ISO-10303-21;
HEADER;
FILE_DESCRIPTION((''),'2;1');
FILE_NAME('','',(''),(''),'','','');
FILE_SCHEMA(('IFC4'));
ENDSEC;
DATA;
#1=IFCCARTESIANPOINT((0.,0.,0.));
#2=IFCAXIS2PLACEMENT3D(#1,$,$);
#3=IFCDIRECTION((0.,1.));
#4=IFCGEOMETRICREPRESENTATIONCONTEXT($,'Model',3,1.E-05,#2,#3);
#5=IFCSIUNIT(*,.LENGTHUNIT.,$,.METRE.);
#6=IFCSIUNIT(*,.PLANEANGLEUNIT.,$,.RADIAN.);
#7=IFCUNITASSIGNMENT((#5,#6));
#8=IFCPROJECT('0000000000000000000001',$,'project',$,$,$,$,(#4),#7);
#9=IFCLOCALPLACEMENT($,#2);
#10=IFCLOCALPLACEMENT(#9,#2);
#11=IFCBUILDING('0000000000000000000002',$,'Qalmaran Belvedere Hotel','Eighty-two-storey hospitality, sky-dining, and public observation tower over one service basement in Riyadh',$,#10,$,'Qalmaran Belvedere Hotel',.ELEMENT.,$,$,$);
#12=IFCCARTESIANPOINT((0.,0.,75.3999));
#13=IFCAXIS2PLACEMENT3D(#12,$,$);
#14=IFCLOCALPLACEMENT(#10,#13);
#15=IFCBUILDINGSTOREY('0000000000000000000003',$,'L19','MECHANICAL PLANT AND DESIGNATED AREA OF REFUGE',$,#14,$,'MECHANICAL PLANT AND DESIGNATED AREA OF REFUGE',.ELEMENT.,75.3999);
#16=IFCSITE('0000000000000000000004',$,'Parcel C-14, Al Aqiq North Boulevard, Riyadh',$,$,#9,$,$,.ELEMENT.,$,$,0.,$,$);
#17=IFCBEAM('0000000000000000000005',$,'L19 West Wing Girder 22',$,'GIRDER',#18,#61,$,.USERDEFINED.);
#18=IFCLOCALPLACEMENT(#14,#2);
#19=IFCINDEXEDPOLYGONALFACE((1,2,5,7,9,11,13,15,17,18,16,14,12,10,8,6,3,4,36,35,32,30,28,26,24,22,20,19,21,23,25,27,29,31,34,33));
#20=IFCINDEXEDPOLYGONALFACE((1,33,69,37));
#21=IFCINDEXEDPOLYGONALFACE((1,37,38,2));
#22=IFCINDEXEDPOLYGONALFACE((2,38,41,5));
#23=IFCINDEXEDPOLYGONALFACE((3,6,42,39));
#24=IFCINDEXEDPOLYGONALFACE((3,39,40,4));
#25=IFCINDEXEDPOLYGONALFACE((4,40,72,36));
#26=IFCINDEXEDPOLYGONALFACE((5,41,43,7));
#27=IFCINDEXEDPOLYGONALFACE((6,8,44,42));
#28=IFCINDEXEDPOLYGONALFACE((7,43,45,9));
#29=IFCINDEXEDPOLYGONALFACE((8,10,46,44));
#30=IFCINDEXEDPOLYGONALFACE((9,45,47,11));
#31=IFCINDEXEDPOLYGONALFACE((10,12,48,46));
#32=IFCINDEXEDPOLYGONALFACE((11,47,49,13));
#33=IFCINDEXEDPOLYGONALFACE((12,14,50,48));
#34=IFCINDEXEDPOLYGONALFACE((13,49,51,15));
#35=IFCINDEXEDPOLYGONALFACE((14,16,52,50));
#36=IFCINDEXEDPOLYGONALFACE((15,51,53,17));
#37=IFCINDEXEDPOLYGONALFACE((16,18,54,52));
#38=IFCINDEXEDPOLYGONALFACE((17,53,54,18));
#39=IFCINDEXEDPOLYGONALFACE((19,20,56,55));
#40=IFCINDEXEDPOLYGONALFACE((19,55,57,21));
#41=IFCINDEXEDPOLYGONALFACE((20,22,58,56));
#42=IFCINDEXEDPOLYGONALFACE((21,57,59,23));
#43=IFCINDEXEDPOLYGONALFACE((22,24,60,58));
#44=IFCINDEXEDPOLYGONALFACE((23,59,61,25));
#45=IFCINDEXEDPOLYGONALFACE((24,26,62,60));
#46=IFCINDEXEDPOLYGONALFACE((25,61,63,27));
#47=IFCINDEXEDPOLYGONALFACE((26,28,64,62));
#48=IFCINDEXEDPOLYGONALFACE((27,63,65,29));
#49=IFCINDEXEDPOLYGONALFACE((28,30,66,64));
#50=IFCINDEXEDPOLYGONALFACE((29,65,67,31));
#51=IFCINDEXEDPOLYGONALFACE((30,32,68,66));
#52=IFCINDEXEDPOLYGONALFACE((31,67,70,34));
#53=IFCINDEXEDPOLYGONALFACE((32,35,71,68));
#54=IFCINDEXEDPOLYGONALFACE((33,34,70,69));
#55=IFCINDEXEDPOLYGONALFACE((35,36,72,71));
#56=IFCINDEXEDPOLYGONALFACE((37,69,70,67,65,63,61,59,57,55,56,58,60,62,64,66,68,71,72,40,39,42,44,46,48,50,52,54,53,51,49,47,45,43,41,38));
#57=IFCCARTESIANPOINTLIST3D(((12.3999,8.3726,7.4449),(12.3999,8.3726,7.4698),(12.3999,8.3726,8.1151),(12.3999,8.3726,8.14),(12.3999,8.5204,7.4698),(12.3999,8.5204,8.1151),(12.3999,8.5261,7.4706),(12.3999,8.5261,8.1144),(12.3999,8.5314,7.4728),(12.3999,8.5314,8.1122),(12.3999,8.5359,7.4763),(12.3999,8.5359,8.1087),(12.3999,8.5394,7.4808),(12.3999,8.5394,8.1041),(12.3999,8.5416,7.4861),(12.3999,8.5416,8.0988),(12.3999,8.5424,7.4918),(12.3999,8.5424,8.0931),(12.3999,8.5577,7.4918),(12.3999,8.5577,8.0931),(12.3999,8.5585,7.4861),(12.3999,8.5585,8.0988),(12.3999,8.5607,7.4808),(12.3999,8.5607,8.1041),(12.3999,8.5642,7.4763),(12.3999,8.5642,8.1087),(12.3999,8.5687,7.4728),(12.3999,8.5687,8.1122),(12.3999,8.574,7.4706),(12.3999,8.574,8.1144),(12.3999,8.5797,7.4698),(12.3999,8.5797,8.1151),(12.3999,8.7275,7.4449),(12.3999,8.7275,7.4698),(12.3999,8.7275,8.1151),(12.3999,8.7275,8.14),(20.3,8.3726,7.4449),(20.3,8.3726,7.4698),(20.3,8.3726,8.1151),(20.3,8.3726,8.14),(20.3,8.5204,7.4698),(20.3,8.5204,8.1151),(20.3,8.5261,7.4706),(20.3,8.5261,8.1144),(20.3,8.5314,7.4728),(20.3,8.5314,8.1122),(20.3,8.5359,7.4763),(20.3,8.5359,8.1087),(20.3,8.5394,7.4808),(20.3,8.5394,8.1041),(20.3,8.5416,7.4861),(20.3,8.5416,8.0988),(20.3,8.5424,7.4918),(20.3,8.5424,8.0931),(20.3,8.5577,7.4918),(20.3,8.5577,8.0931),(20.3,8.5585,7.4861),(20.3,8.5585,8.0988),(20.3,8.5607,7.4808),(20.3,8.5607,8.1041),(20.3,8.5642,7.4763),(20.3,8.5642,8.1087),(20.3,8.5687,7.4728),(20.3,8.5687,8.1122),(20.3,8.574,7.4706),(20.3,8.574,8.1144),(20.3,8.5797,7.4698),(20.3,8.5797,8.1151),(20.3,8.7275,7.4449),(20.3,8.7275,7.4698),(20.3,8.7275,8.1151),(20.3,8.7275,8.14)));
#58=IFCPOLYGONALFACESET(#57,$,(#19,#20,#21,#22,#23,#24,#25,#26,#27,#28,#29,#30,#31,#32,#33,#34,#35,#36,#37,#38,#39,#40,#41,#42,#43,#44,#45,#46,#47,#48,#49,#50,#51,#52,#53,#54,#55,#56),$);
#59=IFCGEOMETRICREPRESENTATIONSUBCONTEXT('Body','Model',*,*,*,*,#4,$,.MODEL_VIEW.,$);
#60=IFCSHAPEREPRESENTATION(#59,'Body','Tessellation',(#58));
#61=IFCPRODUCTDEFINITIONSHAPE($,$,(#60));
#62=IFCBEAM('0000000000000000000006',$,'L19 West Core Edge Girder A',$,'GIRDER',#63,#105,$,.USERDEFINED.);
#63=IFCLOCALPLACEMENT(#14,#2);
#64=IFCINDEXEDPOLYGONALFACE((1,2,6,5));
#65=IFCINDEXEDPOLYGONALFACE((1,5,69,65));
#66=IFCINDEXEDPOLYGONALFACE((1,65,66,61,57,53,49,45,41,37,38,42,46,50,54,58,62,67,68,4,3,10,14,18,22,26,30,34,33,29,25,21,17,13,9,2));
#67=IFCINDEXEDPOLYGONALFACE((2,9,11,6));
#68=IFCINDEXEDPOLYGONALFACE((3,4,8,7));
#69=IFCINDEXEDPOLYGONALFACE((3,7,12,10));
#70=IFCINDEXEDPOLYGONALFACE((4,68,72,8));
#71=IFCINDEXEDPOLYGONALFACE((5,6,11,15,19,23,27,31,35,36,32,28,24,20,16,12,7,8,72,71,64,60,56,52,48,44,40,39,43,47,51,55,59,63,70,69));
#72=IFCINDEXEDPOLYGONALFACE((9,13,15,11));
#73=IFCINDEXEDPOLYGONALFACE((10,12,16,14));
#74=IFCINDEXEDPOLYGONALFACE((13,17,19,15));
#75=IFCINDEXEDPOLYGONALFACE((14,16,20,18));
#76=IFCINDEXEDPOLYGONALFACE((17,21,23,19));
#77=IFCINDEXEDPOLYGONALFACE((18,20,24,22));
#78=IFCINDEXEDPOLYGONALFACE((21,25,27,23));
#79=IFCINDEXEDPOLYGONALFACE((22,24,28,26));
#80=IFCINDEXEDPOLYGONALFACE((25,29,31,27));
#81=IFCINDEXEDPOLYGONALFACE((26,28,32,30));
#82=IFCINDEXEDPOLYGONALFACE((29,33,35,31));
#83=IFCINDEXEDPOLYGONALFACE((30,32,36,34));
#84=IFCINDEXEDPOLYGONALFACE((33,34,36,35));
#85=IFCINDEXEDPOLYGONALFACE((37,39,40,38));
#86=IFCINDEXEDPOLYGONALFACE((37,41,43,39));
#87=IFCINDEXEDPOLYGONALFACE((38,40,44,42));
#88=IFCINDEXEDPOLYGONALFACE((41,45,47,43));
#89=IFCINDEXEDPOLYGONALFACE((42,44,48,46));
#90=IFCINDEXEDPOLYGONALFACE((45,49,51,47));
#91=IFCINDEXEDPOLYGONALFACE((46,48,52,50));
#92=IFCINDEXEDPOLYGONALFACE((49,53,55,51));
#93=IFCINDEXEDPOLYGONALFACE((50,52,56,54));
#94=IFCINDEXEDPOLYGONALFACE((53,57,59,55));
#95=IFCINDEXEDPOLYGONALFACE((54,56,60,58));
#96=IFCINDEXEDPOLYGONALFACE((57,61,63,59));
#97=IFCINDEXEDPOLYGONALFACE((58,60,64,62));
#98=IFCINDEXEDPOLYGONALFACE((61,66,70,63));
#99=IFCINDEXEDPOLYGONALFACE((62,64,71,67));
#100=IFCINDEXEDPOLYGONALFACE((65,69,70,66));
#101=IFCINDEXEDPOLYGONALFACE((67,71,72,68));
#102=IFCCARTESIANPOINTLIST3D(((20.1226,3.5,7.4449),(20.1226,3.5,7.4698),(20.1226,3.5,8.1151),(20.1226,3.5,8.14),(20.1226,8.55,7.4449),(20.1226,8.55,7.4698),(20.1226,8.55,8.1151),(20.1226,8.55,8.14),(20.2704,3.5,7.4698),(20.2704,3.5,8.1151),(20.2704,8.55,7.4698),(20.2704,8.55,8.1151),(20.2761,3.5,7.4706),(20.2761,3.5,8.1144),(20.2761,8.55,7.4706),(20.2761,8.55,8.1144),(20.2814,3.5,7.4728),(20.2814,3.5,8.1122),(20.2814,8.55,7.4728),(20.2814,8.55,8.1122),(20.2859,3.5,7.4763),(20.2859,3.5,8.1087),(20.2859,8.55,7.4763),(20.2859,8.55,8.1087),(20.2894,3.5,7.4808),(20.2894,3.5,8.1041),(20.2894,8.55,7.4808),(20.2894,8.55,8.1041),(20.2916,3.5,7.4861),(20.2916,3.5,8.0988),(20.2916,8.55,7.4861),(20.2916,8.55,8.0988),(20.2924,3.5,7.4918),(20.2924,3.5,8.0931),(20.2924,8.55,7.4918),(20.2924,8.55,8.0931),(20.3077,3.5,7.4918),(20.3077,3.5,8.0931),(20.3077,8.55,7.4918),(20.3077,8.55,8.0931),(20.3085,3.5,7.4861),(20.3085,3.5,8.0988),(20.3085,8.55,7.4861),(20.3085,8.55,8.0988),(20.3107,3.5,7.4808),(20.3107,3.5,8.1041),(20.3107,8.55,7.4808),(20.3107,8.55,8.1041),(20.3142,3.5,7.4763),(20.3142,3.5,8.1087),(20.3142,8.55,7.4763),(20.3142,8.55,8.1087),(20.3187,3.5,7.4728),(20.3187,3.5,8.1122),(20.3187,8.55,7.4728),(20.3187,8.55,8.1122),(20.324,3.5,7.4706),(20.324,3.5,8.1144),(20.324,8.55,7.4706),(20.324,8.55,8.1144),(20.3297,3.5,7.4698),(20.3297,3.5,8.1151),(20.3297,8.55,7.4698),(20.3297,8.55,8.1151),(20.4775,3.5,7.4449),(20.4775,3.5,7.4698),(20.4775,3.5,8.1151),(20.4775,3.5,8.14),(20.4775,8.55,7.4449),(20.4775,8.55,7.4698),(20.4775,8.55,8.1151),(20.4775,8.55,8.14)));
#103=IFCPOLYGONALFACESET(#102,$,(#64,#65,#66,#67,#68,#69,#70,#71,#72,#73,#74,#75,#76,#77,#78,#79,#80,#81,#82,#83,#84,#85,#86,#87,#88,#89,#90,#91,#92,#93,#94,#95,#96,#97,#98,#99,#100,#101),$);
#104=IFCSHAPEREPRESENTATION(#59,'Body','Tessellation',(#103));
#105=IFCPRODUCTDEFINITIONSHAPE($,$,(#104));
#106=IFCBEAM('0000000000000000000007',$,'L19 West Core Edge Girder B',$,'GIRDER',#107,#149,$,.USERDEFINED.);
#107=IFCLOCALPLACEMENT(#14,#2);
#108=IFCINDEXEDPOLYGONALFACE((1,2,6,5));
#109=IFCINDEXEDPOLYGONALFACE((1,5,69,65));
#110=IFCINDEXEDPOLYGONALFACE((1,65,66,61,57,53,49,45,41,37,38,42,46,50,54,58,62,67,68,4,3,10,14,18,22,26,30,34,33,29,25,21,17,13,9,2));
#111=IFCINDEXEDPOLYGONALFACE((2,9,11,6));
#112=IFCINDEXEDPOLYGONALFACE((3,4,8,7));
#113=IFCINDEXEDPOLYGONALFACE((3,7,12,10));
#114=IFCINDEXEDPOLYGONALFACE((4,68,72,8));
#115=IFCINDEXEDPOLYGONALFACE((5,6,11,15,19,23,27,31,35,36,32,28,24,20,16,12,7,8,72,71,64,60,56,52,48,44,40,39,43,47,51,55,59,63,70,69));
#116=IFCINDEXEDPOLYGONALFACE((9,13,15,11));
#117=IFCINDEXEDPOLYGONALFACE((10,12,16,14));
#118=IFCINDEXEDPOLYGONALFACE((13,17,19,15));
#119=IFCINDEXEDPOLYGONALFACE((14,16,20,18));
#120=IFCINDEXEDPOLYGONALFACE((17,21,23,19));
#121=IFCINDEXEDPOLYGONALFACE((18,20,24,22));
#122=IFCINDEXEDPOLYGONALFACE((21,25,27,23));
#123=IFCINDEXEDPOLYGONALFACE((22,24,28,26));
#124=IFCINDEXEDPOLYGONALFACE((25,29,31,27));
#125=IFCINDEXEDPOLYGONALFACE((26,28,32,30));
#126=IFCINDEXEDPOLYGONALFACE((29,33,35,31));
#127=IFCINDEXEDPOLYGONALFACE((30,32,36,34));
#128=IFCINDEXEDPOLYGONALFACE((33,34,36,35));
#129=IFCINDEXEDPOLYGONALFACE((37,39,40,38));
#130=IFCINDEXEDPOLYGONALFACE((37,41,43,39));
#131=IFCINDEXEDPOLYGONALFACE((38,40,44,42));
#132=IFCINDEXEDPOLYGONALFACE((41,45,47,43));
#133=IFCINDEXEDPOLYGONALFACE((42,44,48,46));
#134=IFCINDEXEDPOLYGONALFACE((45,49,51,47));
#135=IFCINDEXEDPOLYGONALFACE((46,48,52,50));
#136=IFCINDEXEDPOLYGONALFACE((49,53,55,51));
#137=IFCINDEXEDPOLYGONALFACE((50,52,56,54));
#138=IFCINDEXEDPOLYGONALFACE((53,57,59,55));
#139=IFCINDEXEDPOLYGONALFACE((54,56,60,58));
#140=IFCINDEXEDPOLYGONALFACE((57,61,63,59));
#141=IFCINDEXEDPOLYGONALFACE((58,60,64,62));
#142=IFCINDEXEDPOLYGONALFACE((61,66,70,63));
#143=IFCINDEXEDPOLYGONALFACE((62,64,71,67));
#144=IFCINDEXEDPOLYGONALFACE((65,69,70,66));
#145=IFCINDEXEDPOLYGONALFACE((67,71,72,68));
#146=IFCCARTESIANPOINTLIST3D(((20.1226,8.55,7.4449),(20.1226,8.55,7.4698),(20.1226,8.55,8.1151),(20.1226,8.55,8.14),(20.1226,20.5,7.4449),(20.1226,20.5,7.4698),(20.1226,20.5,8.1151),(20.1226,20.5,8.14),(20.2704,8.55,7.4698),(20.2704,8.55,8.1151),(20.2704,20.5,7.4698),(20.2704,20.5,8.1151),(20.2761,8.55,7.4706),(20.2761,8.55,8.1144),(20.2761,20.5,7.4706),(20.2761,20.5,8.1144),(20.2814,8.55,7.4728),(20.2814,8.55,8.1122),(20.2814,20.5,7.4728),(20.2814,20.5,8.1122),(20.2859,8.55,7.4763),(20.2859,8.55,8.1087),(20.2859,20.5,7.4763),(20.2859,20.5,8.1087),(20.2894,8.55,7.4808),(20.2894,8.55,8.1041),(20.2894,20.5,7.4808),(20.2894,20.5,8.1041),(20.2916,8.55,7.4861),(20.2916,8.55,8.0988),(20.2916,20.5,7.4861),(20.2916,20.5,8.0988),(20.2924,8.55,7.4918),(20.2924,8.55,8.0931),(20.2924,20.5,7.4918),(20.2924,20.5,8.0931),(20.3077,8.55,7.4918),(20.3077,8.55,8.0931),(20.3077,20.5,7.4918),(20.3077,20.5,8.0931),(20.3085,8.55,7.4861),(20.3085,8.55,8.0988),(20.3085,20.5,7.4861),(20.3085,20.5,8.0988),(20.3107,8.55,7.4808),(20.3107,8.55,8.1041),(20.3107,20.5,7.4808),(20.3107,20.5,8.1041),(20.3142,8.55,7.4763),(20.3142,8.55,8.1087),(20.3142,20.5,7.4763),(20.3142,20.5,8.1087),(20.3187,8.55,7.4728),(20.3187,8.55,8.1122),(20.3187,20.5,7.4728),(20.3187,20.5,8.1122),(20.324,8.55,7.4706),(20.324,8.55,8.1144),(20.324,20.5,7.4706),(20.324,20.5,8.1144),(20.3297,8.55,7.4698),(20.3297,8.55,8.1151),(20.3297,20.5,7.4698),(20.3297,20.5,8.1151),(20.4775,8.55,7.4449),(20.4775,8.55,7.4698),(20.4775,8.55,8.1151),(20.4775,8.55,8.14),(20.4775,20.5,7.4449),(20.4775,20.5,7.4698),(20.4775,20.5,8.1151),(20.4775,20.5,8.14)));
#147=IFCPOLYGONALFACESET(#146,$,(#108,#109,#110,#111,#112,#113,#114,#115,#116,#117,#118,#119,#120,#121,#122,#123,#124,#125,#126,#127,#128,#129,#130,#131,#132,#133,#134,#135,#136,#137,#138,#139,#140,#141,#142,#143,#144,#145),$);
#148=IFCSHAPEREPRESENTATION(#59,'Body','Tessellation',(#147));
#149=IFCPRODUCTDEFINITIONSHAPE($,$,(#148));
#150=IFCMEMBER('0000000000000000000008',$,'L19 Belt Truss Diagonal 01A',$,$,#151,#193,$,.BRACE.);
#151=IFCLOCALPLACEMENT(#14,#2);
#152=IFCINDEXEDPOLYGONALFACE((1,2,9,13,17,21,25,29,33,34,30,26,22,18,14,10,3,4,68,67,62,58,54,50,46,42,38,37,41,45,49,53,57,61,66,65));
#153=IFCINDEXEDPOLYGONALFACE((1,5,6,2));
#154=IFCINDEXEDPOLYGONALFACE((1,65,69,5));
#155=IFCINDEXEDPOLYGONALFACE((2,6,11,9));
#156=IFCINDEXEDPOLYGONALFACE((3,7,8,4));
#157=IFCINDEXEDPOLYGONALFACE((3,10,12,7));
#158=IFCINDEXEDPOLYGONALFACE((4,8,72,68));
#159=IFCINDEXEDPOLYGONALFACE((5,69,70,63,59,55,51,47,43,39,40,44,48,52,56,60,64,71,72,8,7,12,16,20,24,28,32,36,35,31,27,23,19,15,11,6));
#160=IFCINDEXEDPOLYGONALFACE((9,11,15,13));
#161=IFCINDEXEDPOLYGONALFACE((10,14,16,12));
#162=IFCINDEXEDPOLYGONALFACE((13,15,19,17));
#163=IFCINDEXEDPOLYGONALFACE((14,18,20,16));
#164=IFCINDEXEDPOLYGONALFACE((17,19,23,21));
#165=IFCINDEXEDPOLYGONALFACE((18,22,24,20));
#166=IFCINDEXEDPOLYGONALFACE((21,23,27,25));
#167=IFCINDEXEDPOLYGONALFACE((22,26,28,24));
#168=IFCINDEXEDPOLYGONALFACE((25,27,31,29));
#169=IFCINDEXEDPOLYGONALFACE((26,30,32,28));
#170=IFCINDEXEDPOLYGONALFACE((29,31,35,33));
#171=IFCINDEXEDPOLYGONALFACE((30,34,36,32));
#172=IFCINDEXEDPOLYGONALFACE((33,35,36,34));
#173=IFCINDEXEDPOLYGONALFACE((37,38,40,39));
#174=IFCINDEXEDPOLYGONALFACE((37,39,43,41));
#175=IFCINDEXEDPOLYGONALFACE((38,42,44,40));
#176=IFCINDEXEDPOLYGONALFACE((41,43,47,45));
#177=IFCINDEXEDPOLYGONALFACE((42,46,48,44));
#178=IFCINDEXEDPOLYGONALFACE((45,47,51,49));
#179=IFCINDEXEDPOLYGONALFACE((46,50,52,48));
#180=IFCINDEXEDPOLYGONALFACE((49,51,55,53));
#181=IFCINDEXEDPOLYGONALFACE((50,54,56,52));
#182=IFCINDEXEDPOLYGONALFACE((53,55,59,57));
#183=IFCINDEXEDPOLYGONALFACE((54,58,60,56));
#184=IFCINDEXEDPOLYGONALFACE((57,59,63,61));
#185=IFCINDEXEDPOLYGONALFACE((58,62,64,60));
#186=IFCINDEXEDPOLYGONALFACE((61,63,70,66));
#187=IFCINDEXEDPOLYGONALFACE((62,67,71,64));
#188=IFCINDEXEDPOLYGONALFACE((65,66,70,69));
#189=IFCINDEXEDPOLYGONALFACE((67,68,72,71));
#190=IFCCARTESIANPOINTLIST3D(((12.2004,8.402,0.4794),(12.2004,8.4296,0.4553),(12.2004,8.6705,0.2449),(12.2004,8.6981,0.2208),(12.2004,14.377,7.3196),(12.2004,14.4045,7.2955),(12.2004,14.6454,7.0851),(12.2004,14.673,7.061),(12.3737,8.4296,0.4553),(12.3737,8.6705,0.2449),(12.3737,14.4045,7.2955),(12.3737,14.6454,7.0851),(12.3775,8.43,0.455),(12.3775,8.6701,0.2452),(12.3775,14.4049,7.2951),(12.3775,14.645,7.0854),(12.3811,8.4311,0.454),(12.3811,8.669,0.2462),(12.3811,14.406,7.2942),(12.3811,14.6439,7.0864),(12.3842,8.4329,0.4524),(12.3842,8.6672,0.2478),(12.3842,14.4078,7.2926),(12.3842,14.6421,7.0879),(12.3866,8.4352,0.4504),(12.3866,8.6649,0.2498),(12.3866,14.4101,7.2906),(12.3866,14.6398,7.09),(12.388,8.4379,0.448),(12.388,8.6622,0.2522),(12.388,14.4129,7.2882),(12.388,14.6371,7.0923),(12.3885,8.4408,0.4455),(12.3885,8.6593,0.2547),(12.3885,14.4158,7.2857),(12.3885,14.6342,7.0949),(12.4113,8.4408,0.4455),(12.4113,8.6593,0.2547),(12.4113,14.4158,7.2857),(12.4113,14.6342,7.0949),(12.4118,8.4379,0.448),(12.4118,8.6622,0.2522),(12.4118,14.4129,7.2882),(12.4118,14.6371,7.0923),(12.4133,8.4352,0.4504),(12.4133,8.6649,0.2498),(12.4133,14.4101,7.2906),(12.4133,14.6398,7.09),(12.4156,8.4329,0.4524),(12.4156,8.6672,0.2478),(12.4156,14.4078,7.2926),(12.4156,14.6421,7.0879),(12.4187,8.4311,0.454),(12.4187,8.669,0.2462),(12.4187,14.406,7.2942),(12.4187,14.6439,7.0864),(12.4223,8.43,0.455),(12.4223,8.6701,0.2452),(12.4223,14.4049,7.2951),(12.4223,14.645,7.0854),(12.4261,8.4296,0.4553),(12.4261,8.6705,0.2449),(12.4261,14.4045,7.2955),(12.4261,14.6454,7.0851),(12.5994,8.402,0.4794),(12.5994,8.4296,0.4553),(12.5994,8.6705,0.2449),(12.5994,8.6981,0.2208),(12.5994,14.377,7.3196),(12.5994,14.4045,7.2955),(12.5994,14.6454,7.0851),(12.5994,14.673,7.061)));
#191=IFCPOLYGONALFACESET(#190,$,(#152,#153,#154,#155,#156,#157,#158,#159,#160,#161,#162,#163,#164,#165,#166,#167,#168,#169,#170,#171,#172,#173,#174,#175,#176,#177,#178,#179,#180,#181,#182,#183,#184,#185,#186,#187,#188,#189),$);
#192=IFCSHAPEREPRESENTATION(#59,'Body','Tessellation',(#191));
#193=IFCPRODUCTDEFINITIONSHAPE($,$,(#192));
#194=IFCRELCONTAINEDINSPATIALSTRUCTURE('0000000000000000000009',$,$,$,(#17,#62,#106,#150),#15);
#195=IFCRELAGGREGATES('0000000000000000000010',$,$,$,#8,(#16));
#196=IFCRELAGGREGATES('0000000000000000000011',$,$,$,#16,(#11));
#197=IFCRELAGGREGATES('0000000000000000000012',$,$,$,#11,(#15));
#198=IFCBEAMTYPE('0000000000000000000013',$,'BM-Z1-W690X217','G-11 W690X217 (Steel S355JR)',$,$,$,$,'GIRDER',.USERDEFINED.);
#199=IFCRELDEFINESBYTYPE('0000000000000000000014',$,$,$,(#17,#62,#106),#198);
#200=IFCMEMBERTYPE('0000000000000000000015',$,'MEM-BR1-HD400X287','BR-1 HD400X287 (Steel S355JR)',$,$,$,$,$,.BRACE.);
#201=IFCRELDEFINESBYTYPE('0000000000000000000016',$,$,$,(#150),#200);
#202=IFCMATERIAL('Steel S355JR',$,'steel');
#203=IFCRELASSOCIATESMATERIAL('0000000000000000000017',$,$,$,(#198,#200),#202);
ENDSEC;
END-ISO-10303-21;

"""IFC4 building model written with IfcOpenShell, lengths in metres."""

from ifc_helpers import new_model, si_unit, direction, frame, origin, origin_2d, place, context, subcontext, project, spatial, i_section, extrude, material, material_profile, profile_set, type_object, element, save


model = new_model("IFC4")

# Units and contexts
model_context = context("Model", 3, precision=1e-05, world=origin(), true_north=direction((0.0, 1.0)))
body_context = subcontext(model_context, "Body", "Model", "MODEL_VIEW")
ifc_project = project(units=[si_unit("LENGTHUNIT", "METRE"), si_unit("PLANEANGLEUNIT", "RADIAN")], contexts=[model_context])

# Site, building, storey
site_placement = place(None, origin())
site = spatial("IfcSite", under=ifc_project, at=site_placement, Name="Parcel C-14, Al Aqiq North Boulevard, Riyadh", CompositionType="ELEMENT", RefElevation=0.0)
building_placement = place(site_placement, origin())
building = spatial("IfcBuilding", under=site, at=building_placement, Name="Qalmaran Belvedere Hotel", Description="Eighty-two-storey hospitality, sky-dining, and public observation tower over one service basement in Riyadh", LongName="Qalmaran Belvedere Hotel", CompositionType="ELEMENT")
storey_placement = place(building_placement, frame((0.0, 0.0, 75.3999)))
storey = spatial("IfcBuildingStorey", under=building, at=storey_placement, Name="L19", Description="MECHANICAL PLANT AND DESIGNATED AREA OF REFUGE", LongName="MECHANICAL PLANT AND DESIGNATED AREA OF REFUGE", CompositionType="ELEMENT", Elevation=75.3999)

# Beams
ifc_material_1 = material(Name="Steel S355JR", Category="steel")
ifc_material_profile_1 = material_profile(ifc_material_1, i_section(OverallWidth=0.355, OverallDepth=0.6951, WebThickness=0.0154, FlangeThickness=0.0249, FilletRadius=0.022, at=origin_2d()), Name="W690X217")
ifc_profile_set_1 = profile_set([ifc_material_profile_1], Name="Steel S355JR")
beam_type_1 = type_object("IfcBeamType", Name="BM-Z1-W690X217", Description="G-11 W690X217 (Steel S355JR)", ElementType="GIRDER", PredefinedType="USERDEFINED", material=ifc_profile_set_1)
beam_1_placement = place(storey_placement, frame((12.3999, 8.55, 7.7925), z_axis=(1.0, 0.0, 0.0), x_axis=(0.0, 1.0, 0.0)))
element("IfcBeam", 1, at=beam_1_placement, inside=storey, type_object=beam_type_1, Name="L19 West Wing Girder 22", ObjectType="GIRDER", PredefinedType="USERDEFINED", context=body_context, shape_type="SweptSolid", body=[
    extrude(i_section(OverallWidth=0.355, OverallDepth=0.6951, WebThickness=0.0154, FlangeThickness=0.0249, FilletRadius=0.022, at=origin_2d()), origin(), (0.0, 0.0, 1.0), 7.9001),
])
beam_2_placement = place(storey_placement, frame((20.3, 3.5, 7.7925), z_axis=(0.0, 1.0, 0.0), x_axis=(-1.0, 0.0, 0.0)))
element("IfcBeam", 2, at=beam_2_placement, inside=storey, type_object=beam_type_1, Name="L19 West Core Edge Girder A", ObjectType="GIRDER", PredefinedType="USERDEFINED", context=body_context, shape_type="SweptSolid", body=[
    extrude(i_section(OverallWidth=0.355, OverallDepth=0.6951, WebThickness=0.0154, FlangeThickness=0.0249, FilletRadius=0.022, at=origin_2d()), origin(), (0.0, 0.0, 1.0), 5.05),
])
beam_3_placement = place(storey_placement, frame((20.3, 8.55, 7.7925), z_axis=(0.0, 1.0, 0.0), x_axis=(-1.0, 0.0, 0.0)))
element("IfcBeam", 3, at=beam_3_placement, inside=storey, type_object=beam_type_1, Name="L19 West Core Edge Girder B", ObjectType="GIRDER", PredefinedType="USERDEFINED", context=body_context, shape_type="SweptSolid", body=[
    extrude(i_section(OverallWidth=0.355, OverallDepth=0.6951, WebThickness=0.0154, FlangeThickness=0.0249, FilletRadius=0.022, at=origin_2d()), origin(), (0.0, 0.0, 1.0), 11.95),
])

# Member
ifc_material_profile_2 = material_profile(ifc_material_1, i_section(OverallWidth=0.3989, OverallDepth=0.3931, WebThickness=0.0227, FlangeThickness=0.0366, FilletRadius=0.0149, at=origin_2d()), Name="HD400X287")
ifc_profile_set_2 = profile_set([ifc_material_profile_2], Name="Steel S355JR")
member_type_1 = type_object("IfcMemberType", Name="MEM-BR1-HD400X287", Description="BR-1 HD400X287 (Steel S355JR)", PredefinedType="BRACE", material=ifc_profile_set_2)
member_1_placement = place(storey_placement, frame((12.3999, 8.55, 0.3501), z_axis=(0.0, 0.657867, 0.753134), x_axis=(-1.0, 0.0, 0.0)))
element("IfcMember", 4, at=member_1_placement, inside=storey, type_object=member_type_1, Name="L19 Belt Truss Diagonal 01A", PredefinedType="BRACE", context=body_context, shape_type="SweptSolid", body=[
    extrude(i_section(OverallWidth=0.3989, OverallDepth=0.3931, WebThickness=0.0227, FlangeThickness=0.0366, FilletRadius=0.0149, at=origin_2d()), origin(), (0.0, 0.0, 1.0), 9.0823),
])

save(model, "model.ifc")
